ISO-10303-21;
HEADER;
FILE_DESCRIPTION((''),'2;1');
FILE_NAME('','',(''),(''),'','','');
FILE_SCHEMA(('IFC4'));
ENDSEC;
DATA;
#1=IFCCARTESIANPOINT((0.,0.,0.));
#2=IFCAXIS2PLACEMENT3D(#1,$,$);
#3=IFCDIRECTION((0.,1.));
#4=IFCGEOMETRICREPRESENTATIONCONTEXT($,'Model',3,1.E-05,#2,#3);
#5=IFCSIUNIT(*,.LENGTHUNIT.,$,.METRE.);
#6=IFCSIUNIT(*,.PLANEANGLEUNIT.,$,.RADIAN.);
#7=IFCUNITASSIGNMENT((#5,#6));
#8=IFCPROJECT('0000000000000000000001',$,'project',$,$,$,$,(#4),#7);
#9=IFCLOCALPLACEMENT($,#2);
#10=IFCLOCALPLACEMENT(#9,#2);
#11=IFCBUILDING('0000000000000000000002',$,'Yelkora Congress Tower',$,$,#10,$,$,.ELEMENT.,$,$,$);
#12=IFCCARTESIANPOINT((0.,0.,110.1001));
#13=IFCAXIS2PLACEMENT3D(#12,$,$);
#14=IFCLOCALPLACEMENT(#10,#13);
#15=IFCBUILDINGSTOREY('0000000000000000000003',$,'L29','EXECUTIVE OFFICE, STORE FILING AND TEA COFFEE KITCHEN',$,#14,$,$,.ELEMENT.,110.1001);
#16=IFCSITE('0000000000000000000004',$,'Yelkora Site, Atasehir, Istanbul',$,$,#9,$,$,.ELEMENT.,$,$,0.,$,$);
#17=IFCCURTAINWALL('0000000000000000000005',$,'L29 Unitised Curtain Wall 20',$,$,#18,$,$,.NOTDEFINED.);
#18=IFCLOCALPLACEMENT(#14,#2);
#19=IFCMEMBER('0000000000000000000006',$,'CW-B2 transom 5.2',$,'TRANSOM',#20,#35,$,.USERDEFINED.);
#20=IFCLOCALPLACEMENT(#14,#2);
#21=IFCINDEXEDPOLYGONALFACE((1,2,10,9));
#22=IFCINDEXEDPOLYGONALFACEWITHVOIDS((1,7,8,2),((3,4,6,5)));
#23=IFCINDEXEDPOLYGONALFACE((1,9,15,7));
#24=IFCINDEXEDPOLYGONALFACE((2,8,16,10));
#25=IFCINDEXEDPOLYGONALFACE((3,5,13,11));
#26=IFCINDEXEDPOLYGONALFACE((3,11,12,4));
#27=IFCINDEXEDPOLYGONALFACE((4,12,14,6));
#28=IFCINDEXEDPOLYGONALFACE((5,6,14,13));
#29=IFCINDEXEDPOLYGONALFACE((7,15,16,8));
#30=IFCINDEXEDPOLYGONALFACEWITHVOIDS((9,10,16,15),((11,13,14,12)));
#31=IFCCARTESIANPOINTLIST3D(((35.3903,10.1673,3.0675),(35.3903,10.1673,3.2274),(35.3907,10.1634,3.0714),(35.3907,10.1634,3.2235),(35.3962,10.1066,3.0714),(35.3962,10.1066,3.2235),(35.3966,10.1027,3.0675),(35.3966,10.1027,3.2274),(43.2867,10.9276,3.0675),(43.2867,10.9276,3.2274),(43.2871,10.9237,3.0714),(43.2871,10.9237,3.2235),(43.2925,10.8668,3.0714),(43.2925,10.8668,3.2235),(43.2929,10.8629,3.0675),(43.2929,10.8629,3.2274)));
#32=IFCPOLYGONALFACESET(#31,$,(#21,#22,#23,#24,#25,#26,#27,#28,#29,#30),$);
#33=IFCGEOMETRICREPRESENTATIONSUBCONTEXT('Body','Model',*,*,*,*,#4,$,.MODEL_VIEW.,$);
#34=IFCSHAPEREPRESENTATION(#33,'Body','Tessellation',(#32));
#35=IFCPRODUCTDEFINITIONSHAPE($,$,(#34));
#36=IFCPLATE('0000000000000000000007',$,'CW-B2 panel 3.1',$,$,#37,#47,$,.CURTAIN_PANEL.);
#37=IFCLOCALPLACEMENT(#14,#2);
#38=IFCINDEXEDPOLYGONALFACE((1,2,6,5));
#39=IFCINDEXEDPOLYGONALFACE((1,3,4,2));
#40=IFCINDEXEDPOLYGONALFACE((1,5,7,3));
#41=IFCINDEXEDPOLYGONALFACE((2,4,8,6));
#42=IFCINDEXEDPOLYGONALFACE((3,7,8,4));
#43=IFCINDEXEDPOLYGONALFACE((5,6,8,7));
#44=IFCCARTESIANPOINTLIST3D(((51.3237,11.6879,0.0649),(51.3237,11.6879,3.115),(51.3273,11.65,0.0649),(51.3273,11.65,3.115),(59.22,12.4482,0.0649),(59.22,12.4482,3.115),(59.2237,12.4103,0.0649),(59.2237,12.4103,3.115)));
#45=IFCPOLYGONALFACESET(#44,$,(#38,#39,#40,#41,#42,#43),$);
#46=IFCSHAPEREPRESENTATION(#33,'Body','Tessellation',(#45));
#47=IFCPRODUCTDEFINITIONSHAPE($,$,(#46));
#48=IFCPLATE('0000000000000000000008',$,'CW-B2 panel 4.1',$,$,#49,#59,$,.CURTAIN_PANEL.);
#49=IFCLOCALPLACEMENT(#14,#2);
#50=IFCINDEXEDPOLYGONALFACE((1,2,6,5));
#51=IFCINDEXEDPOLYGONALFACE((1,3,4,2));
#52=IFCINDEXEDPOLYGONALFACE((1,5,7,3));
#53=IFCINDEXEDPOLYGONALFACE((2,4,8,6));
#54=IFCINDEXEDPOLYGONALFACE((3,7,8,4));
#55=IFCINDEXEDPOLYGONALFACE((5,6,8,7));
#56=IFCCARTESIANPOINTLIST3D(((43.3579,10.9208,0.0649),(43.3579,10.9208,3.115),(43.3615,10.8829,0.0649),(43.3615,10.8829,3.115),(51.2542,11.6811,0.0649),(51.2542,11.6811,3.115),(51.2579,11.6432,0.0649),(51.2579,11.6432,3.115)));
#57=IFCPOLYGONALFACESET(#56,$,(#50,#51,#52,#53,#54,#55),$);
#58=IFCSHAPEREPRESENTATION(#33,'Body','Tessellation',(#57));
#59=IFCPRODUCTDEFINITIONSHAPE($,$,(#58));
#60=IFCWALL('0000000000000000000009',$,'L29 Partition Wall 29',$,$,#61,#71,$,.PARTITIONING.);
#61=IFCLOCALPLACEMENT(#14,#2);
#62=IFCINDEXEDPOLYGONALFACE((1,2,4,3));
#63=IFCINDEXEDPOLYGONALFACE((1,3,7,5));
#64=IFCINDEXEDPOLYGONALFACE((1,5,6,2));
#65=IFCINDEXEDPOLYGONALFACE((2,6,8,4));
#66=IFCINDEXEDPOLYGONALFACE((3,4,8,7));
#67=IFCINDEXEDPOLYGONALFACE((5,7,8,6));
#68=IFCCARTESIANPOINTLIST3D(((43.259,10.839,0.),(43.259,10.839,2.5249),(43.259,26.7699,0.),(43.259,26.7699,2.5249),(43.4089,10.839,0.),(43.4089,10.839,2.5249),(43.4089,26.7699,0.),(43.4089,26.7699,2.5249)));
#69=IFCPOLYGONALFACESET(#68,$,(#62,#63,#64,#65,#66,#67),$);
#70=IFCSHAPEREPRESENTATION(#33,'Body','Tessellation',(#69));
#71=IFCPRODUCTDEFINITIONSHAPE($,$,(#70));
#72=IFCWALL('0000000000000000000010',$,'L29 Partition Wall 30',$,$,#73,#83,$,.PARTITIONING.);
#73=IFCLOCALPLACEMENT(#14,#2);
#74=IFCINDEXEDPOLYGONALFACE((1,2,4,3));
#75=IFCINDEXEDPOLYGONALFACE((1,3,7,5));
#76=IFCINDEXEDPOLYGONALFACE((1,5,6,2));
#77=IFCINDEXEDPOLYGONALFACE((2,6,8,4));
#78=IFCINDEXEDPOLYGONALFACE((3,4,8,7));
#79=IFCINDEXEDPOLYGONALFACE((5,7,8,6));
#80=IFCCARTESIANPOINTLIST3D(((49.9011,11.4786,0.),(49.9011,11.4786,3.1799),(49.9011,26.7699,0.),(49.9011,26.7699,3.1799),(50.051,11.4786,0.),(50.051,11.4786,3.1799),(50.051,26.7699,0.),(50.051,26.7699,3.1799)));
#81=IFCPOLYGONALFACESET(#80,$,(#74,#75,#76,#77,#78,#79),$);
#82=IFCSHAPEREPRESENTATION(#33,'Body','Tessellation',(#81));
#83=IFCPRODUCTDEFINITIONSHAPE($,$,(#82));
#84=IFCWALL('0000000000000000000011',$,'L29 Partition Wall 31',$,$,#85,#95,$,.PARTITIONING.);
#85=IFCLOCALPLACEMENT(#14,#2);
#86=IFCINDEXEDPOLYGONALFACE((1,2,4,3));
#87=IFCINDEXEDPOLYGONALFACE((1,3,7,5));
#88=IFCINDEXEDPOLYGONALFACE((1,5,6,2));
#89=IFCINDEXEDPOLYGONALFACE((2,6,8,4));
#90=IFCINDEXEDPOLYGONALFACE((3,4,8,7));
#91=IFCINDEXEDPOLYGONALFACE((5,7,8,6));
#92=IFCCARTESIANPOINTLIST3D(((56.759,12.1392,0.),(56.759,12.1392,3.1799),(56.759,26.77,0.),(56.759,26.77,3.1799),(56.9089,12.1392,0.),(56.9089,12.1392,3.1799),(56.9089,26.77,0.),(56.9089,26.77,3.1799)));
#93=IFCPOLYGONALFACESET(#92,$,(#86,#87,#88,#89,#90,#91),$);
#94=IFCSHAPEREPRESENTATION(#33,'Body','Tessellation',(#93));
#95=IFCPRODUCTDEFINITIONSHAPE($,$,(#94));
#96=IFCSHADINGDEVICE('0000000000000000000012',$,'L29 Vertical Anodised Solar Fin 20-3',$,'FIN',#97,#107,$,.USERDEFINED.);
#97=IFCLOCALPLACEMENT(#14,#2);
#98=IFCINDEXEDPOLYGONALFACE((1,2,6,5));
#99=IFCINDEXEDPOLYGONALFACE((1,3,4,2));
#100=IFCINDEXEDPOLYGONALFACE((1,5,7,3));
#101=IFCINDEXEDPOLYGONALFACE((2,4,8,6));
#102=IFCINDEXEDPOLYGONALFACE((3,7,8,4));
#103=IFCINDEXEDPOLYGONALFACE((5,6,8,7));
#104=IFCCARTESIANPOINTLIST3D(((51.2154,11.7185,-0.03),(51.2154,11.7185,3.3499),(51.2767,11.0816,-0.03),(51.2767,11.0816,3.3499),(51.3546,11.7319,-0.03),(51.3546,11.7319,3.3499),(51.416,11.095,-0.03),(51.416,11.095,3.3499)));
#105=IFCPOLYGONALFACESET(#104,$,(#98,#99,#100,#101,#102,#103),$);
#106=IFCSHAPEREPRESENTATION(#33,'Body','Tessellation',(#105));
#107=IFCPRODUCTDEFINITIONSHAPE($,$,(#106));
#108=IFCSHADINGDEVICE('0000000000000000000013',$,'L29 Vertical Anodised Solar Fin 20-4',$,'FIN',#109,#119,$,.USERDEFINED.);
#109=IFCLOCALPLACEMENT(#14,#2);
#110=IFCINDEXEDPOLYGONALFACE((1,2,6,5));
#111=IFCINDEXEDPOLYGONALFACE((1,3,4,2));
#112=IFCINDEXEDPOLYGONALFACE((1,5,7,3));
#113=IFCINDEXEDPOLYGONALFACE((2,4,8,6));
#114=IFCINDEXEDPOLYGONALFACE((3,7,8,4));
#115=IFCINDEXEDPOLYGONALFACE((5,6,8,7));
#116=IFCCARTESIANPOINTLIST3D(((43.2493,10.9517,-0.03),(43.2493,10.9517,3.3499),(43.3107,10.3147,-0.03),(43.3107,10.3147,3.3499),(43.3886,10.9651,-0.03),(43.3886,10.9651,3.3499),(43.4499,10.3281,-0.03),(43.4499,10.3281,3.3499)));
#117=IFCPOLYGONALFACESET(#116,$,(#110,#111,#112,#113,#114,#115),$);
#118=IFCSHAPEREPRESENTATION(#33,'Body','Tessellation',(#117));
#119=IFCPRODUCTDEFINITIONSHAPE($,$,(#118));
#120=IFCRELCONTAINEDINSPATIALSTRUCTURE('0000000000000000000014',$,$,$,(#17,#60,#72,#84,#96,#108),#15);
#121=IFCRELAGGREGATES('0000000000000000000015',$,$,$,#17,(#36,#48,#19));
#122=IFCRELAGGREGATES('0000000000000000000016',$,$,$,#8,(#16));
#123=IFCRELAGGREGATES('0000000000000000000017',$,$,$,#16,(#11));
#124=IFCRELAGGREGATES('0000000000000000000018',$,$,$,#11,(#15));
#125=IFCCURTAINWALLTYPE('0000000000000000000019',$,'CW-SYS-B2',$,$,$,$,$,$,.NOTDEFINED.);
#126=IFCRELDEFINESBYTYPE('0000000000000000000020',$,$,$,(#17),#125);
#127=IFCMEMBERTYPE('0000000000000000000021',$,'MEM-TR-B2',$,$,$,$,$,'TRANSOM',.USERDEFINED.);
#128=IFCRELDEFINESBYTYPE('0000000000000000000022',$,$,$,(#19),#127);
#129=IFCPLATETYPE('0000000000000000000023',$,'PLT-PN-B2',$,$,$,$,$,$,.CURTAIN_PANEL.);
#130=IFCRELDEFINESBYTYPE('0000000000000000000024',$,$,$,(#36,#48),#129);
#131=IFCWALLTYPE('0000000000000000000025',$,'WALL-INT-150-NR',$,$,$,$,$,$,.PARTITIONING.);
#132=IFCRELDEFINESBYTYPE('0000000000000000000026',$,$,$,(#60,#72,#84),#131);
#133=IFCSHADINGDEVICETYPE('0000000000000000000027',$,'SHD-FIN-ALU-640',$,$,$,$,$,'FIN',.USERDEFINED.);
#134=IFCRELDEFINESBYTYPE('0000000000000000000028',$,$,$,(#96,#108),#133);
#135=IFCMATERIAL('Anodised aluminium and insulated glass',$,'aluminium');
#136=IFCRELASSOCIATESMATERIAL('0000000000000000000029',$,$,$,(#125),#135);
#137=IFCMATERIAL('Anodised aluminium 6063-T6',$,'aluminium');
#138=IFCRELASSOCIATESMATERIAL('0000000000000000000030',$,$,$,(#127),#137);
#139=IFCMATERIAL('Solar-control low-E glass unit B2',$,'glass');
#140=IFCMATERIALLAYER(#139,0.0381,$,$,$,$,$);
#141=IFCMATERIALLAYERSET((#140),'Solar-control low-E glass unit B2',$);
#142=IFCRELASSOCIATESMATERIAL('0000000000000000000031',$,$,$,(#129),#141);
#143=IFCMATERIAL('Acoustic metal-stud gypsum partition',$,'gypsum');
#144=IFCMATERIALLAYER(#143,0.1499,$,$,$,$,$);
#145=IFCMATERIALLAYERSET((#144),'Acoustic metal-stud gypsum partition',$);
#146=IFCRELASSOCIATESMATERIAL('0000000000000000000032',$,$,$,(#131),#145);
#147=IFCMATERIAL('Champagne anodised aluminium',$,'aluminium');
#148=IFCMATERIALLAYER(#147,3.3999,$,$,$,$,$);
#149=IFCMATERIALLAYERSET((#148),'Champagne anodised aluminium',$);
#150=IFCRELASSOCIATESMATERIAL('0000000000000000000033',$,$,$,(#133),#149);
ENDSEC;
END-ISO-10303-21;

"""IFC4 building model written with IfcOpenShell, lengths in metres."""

from ifc_helpers import new_model, si_unit, direction, frame, frame_2d, origin, origin_2d, place, context, subcontext, project, spatial, rectangle, hollow_rectangle, extrude, material, layer, layer_set, material_profile, profile_set, type_object, element, aggregate, save


model = new_model("IFC4")

# Units and contexts
model_context = context("Model", 3, precision=1e-05, world=origin(), true_north=direction((0.0, 1.0)))
body_context = subcontext(model_context, "Body", "Model", "MODEL_VIEW")
ifc_project = project(units=[si_unit("LENGTHUNIT", "METRE"), si_unit("PLANEANGLEUNIT", "RADIAN")], contexts=[model_context])

# Site, building, storey
site_placement = place(None, origin())
site = spatial("IfcSite", under=ifc_project, at=site_placement, Name="Yelkora Site, Atasehir, Istanbul", CompositionType="ELEMENT", RefElevation=0.0)
building_placement = place(site_placement, origin())
building = spatial("IfcBuilding", under=site, at=building_placement, Name="Yelkora Congress Tower", CompositionType="ELEMENT")
storey_placement = place(building_placement, frame((0.0, 0.0, 110.1001)))
storey = spatial("IfcBuildingStorey", under=building, at=storey_placement, Name="L29", Description="EXECUTIVE OFFICE, STORE FILING AND TEA COFFEE KITCHEN", CompositionType="ELEMENT", Elevation=110.1001)

# Curtain wall, member, plates
ifc_material_1 = material(Name="Anodised aluminium and insulated glass", Category="aluminium")
curtain_wall_type = type_object("IfcCurtainWallType", Name="CW-SYS-B2", PredefinedType="NOTDEFINED", material=ifc_material_1)
curtain_wall_placement = place(storey_placement, origin())
curtain_wall = element("IfcCurtainWall", 1, at=curtain_wall_placement, inside=storey, type_object=curtain_wall_type, Name="L29 Unitised Curtain Wall 20", PredefinedType="NOTDEFINED")
ifc_material_2 = material(Name="Anodised aluminium 6063-T6", Category="aluminium")
ifc_material_profile_1 = material_profile(ifc_material_2, hollow_rectangle(XDim=0.0649, YDim=0.1599, WallThickness=0.0039, at=origin_2d()), Name="ALU 65x160x4")
ifc_profile_set_1 = profile_set([ifc_material_profile_1], Name="Anodised aluminium 6063-T6")
member_type_1 = type_object("IfcMemberType", Name="MEM-TR-B2", ElementType="TRANSOM", PredefinedType="USERDEFINED", material=ifc_profile_set_1)
member_1_placement = place(storey_placement, frame((43.2898, 10.8953, 3.1475), z_axis=(-0.995397, -0.095837, 0.0), x_axis=(0.095837, -0.995397, 0.0)))
member_1 = element("IfcMember", 2, at=member_1_placement, type_object=member_type_1, Name="CW-B2 transom 5.2", ObjectType="TRANSOM", PredefinedType="USERDEFINED", context=body_context, shape_type="SweptSolid", body=[
    extrude(hollow_rectangle(XDim=0.0649, YDim=0.1599, WallThickness=0.0039, at=origin_2d()), origin(), (0.0, 0.0, 1.0), 7.9329),
])
ifc_material_3 = material(Name="Solar-control low-E glass unit B2", Category="glass")
ifc_layer_1 = layer(ifc_material_3, 0.0381)
ifc_layer_set_1 = layer_set([ifc_layer_1], Name="Solar-control low-E glass unit B2")
plate_type = type_object("IfcPlateType", Name="PLT-PN-B2", PredefinedType="CURTAIN_PANEL", material=ifc_layer_set_1)
plate_1_placement = place(storey_placement, frame((55.2737, 12.0491, 0.0649), z_axis=(0.0, 0.0, 1.0), x_axis=(-0.995396, -0.095844, 0.0)))
plate_1 = element("IfcPlate", 3, at=plate_1_placement, type_object=plate_type, Name="CW-B2 panel 3.1", PredefinedType="CURTAIN_PANEL", context=body_context, shape_type="SweptSolid", body=[
    extrude(rectangle(XDim=7.9329, YDim=0.0381, at=origin_2d()), origin(), (0.0, 0.0, 1.0), 3.05),
])
plate_2_placement = place(storey_placement, frame((47.3079, 11.282, 0.0649), z_axis=(0.0, 0.0, 1.0), x_axis=(-0.995396, -0.095844, 0.0)))
plate_2 = element("IfcPlate", 4, at=plate_2_placement, type_object=plate_type, Name="CW-B2 panel 4.1", PredefinedType="CURTAIN_PANEL", context=body_context, shape_type="SweptSolid", body=[
    extrude(rectangle(XDim=7.9329, YDim=0.0381, at=origin_2d()), origin(), (0.0, 0.0, 1.0), 3.05),
])
aggregate(curtain_wall, [plate_1, plate_2, member_1])

# Walls
ifc_material_4 = material(Name="Acoustic metal-stud gypsum partition", Category="gypsum")
ifc_layer_2 = layer(ifc_material_4, 0.1499)
ifc_layer_set_2 = layer_set([ifc_layer_2], Name="Acoustic metal-stud gypsum partition")
wall_type = type_object("IfcWallType", Name="WALL-INT-150-NR", PredefinedType="PARTITIONING", material=ifc_layer_set_2)
wall_1_placement = place(storey_placement, frame((43.334, 10.8391, 0.0), z_axis=(0.0, 0.0, 1.0), x_axis=(0.0, 1.0, 0.0)))
element("IfcWall", 5, at=wall_1_placement, inside=storey, type_object=wall_type, Name="L29 Partition Wall 29", PredefinedType="PARTITIONING", context=body_context, shape_type="SweptSolid", body=[
    extrude(rectangle(XDim=15.9309, YDim=0.1499, at=frame_2d((7.9653, 0.0))), origin(), (0.0, 0.0, 1.0), 2.5249),
])
wall_2_placement = place(storey_placement, frame((49.9761, 11.4788, 0.0), z_axis=(0.0, 0.0, 1.0), x_axis=(0.0, 1.0, 0.0)))
element("IfcWall", 6, at=wall_2_placement, inside=storey, type_object=wall_type, Name="L29 Partition Wall 30", PredefinedType="PARTITIONING", context=body_context, shape_type="SweptSolid", body=[
    extrude(rectangle(XDim=15.2913, YDim=0.1499, at=frame_2d((7.6455, 0.0))), origin(), (0.0, 0.0, 1.0), 3.1799),
])
wall_3_placement = place(storey_placement, frame((56.834, 12.1392, 0.0), z_axis=(0.0, 0.0, 1.0), x_axis=(0.0, 1.0, 0.0)))
element("IfcWall", 7, at=wall_3_placement, inside=storey, type_object=wall_type, Name="L29 Partition Wall 31", PredefinedType="PARTITIONING", context=body_context, shape_type="SweptSolid", body=[
    extrude(rectangle(XDim=14.6309, YDim=0.1499, at=frame_2d((7.3154, 0.0))), origin(), (0.0, 0.0, 1.0), 3.1799),
])

# Shading devices
ifc_material_5 = material(Name="Champagne anodised aluminium", Category="aluminium")
ifc_layer_3 = layer(ifc_material_5, 3.3999)
ifc_layer_set_3 = layer_set([ifc_layer_3], Name="Champagne anodised aluminium")
shading_device_type = type_object("IfcShadingDeviceType", Name="SHD-FIN-ALU-640", ElementType="FIN", PredefinedType="USERDEFINED", material=ifc_layer_set_3)
for number, where, z_axis, x_axis, name in (
    (8, (51.3157, 11.4067, -0.03), (0.0, 0.0, 1.0), (-0.995396, -0.095846, 0.0), "L29 Vertical Anodised Solar Fin 20-3"),
    (9, (43.3496, 10.6399, -0.03), (0.0, 0.0, 1.0), (-0.995396, -0.095846, 0.0), "L29 Vertical Anodised Solar Fin 20-4"),
):
    element("IfcShadingDevice", number, at=place(storey_placement, frame(where, z_axis=z_axis, x_axis=x_axis)), inside=storey, type_object=shading_device_type, Name=name, ObjectType="FIN", PredefinedType="USERDEFINED", context=body_context, shape_type="SweptSolid", body=[
        extrude(rectangle(XDim=0.1399, YDim=0.6399, at=origin_2d()), origin(), (0.0, 0.0, 1.0), 3.3799),
    ])

save(model, "model.ifc")
